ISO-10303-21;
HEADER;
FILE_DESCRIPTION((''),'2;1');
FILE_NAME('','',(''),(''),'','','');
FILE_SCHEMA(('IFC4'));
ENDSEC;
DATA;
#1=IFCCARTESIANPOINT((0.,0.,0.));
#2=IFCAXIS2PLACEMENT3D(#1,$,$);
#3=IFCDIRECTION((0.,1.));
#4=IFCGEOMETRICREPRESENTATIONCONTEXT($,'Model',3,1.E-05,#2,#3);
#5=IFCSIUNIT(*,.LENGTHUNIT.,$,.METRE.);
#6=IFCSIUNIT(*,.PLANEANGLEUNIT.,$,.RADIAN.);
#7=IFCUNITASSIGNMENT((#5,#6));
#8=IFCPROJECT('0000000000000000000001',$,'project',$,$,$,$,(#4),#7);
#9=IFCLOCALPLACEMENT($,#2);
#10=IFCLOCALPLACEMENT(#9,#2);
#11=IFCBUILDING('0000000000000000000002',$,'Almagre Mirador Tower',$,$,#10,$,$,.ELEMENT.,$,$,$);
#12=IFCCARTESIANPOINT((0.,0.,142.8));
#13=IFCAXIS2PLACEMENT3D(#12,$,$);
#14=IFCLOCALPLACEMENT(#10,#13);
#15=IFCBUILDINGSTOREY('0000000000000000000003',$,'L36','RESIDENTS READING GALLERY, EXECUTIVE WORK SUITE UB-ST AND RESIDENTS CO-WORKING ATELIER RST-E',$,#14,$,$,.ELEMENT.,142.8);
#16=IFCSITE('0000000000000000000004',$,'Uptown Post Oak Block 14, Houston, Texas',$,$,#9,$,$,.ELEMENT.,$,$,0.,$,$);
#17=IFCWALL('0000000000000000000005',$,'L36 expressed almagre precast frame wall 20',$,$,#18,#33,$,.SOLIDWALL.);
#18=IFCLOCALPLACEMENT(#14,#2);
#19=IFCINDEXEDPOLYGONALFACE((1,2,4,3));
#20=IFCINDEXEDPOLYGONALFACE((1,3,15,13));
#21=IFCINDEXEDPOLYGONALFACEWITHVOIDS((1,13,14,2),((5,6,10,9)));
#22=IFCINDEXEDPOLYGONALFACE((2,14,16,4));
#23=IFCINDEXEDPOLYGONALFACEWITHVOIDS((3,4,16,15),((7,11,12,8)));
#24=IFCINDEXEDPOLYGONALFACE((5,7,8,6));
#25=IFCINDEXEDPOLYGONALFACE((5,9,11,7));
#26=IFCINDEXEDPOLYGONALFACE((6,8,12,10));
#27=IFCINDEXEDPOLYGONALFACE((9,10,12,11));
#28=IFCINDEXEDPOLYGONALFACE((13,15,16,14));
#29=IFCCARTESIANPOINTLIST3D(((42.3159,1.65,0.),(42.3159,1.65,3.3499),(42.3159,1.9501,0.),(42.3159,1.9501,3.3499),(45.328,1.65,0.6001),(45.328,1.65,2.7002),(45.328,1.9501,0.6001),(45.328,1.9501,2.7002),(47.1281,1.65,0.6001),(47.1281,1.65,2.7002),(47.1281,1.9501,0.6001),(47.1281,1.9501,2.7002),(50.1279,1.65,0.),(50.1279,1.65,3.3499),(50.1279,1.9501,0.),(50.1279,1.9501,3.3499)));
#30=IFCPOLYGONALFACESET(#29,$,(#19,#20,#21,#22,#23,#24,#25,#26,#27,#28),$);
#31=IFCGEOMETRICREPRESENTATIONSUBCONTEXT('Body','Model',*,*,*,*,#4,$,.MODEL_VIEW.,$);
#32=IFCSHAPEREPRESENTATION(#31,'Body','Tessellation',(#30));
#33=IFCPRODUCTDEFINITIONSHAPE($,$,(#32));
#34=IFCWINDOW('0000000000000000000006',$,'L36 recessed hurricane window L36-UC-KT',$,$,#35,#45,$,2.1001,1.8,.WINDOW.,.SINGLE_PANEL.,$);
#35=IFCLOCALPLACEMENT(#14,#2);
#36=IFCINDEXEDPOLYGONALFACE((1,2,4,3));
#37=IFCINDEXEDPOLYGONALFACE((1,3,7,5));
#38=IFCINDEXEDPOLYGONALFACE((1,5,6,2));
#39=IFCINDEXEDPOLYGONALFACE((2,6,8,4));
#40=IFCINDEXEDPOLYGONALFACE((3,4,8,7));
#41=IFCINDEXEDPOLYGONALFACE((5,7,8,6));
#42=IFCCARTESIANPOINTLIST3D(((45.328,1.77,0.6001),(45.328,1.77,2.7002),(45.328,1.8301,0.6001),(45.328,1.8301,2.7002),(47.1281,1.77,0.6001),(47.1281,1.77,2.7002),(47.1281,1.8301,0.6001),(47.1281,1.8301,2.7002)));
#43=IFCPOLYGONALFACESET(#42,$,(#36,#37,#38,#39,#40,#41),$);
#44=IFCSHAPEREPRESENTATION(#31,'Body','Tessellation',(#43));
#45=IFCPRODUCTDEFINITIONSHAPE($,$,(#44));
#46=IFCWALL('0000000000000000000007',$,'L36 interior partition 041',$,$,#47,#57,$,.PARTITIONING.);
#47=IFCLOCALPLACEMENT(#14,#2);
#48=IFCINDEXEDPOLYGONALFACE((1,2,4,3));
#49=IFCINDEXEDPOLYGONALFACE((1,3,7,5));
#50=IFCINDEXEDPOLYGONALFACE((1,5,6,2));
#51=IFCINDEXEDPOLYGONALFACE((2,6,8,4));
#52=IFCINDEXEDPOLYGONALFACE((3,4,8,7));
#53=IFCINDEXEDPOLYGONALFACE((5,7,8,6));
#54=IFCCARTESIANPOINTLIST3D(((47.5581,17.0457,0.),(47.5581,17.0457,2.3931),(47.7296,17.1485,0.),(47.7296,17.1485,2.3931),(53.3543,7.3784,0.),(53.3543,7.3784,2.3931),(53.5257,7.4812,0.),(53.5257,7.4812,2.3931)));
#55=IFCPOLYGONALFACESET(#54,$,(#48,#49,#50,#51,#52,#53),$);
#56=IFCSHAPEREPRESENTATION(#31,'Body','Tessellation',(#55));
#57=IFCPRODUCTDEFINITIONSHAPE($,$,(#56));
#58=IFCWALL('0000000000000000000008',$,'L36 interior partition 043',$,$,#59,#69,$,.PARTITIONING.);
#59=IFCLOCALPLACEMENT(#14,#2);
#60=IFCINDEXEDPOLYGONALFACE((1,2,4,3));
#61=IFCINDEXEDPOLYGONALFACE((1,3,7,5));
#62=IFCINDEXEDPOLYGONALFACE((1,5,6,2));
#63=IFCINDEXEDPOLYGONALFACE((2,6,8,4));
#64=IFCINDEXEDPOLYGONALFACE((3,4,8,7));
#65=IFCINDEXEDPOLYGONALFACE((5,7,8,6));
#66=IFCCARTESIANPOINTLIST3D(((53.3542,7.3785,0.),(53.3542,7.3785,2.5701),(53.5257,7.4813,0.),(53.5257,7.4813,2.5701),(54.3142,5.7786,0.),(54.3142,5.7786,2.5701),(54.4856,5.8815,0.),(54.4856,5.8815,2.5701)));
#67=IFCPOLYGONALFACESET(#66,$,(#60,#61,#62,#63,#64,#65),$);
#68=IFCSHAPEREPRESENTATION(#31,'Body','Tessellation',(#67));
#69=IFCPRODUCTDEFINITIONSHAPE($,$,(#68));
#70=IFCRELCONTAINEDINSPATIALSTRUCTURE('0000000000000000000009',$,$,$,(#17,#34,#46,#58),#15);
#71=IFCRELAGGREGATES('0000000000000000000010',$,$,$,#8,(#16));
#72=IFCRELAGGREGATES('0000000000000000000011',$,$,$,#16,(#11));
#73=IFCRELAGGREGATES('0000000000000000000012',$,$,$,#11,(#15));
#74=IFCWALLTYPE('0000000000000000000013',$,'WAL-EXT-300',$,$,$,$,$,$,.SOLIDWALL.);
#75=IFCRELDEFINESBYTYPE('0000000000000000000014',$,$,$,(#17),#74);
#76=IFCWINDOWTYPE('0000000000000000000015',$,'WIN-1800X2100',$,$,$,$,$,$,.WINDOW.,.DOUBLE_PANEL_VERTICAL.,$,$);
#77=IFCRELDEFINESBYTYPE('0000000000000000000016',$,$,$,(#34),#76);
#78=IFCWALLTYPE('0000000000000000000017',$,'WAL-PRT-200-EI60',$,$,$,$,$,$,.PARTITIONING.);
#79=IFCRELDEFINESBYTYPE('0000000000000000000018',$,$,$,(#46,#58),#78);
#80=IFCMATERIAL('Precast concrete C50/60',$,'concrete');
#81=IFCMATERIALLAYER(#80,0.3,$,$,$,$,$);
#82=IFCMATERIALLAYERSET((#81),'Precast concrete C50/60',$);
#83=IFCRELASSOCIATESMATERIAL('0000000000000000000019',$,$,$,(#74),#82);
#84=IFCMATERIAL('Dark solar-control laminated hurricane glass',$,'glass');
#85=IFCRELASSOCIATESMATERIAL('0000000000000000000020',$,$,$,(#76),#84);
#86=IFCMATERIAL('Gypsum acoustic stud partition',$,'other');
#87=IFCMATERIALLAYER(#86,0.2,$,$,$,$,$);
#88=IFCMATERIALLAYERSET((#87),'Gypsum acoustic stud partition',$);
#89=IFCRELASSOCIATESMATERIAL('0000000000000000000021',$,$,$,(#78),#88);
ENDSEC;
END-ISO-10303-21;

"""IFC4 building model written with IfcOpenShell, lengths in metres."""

from ifc_helpers import new_model, si_unit, direction, frame, frame_2d, origin, place, context, subcontext, project, spatial, rectangle, extrude, material, layer, layer_set, type_object, element, fill, save


model = new_model("IFC4")

# Units and contexts
model_context = context("Model", 3, precision=1e-05, world=origin(), true_north=direction((0.0, 1.0)))
body_context = subcontext(model_context, "Body", "Model", "MODEL_VIEW")
ifc_project = project(units=[si_unit("LENGTHUNIT", "METRE"), si_unit("PLANEANGLEUNIT", "RADIAN")], contexts=[model_context])

# Site, building, storey
site_placement = place(None, origin())
site = spatial("IfcSite", under=ifc_project, at=site_placement, Name="Uptown Post Oak Block 14, Houston, Texas", CompositionType="ELEMENT", RefElevation=0.0)
building_placement = place(site_placement, origin())
building = spatial("IfcBuilding", under=site, at=building_placement, Name="Almagre Mirador Tower", CompositionType="ELEMENT")
storey_placement = place(building_placement, frame((0.0, 0.0, 142.8)))
storey = spatial("IfcBuildingStorey", under=building, at=storey_placement, Name="L36", Description="RESIDENTS READING GALLERY, EXECUTIVE WORK SUITE UB-ST AND RESIDENTS CO-WORKING ATELIER RST-E", CompositionType="ELEMENT", Elevation=142.8)

# Shared definitions
ifc_material_1 = material(Name="Precast concrete C50/60", Category="concrete")
ifc_layer_1 = layer(ifc_material_1, 0.3)
ifc_layer_set_1 = layer_set([ifc_layer_1], Name="Precast concrete C50/60")
wall_type_1 = type_object("IfcWallType", Name="WAL-EXT-300", PredefinedType="SOLIDWALL", material=ifc_layer_set_1)
ifc_material_2 = material(Name="Dark solar-control laminated hurricane glass", Category="glass")
window_type_1 = type_object("IfcWindowType", Name="WIN-1800X2100", PartitioningType="DOUBLE_PANEL_VERTICAL", PredefinedType="WINDOW", material=ifc_material_2)

# Wall, opening, window
wall_1_placement = place(storey_placement, frame((50.1279, 1.8, 0.0), z_axis=(0.0, 0.0, 1.0), x_axis=(-1.0, 0.0, 0.0)))
wall_1 = element("IfcWall", 1, at=wall_1_placement, inside=storey, type_object=wall_type_1, Name="L36 expressed almagre precast frame wall 20", PredefinedType="SOLIDWALL", context=body_context, shape_type="SweptSolid", body=[
    extrude(rectangle(XDim=7.812, YDim=0.3, at=frame_2d((3.906, 0.0))), origin(), (0.0, 0.0, 1.0), 3.3499),
])
opening_1_placement = place(wall_1_placement, frame((3.0, 0.0, 0.6001)))
opening_1 = element("IfcOpeningElement", 2, at=opening_1_placement, cuts=wall_1, PredefinedType="OPENING", context=body_context, shape_type="SweptSolid", body=[
    extrude(rectangle(XDim=1.8, YDim=2.1001, at=frame_2d((0.8999, 1.05))), frame((0.0, 0.1599, 0.0), z_axis=(0.0, -1.0, 0.0), x_axis=(1.0, 0.0, 0.0)), (0.0, 0.0, 1.0), 0.32),
])
window_1_placement = place(opening_1_placement, origin())
window_1 = element("IfcWindow", 3, at=window_1_placement, inside=storey, type_object=window_type_1, Name="L36 recessed hurricane window L36-UC-KT", OverallHeight=2.1001, OverallWidth=1.8, PartitioningType="SINGLE_PANEL", PredefinedType="WINDOW", context=body_context, shape_type="SweptSolid", body=[
    extrude(rectangle(XDim=1.8, YDim=2.1001, at=frame_2d((0.8999, 1.05))), frame((0.0, 0.03, 0.0), z_axis=(0.0, -1.0, 0.0), x_axis=(1.0, 0.0, 0.0)), (0.0, 0.0, 1.0), 0.0601),
])
fill(opening_1, window_1)

# Walls
ifc_material_3 = material(Name="Gypsum acoustic stud partition", Category="other")
ifc_layer_2 = layer(ifc_material_3, 0.2)
ifc_layer_set_2 = layer_set([ifc_layer_2], Name="Gypsum acoustic stud partition")
wall_type_2 = type_object("IfcWallType", Name="WAL-PRT-200-EI60", PredefinedType="PARTITIONING", material=ifc_layer_set_2)
wall_2_placement = place(storey_placement, frame((53.4399, 7.4299, 0.0), z_axis=(0.0, 0.0, 1.0), x_axis=(-0.514222, 0.857657, 0.0)))
element("IfcWall", 4, at=wall_2_placement, inside=storey, type_object=wall_type_2, Name="L36 interior partition 041", PredefinedType="PARTITIONING", context=body_context, shape_type="SweptSolid", body=[
    extrude(rectangle(XDim=11.2717, YDim=0.2, at=frame_2d((5.6357, 0.0))), origin(), (0.0, 0.0, 1.0), 2.3931),
])
wall_3_placement = place(storey_placement, frame((54.3999, 5.8301, 0.0), z_axis=(0.0, 0.0, 1.0), x_axis=(-0.514515, 0.857481, 0.0)))
element("IfcWall", 5, at=wall_3_placement, inside=storey, type_object=wall_type_2, Name="L36 interior partition 043", PredefinedType="PARTITIONING", context=body_context, shape_type="SweptSolid", body=[
    extrude(rectangle(XDim=1.8657, YDim=0.2, at=frame_2d((0.9329, 0.0))), origin(), (0.0, 0.0, 1.0), 2.5701),
])

save(model, "model.ifc")
